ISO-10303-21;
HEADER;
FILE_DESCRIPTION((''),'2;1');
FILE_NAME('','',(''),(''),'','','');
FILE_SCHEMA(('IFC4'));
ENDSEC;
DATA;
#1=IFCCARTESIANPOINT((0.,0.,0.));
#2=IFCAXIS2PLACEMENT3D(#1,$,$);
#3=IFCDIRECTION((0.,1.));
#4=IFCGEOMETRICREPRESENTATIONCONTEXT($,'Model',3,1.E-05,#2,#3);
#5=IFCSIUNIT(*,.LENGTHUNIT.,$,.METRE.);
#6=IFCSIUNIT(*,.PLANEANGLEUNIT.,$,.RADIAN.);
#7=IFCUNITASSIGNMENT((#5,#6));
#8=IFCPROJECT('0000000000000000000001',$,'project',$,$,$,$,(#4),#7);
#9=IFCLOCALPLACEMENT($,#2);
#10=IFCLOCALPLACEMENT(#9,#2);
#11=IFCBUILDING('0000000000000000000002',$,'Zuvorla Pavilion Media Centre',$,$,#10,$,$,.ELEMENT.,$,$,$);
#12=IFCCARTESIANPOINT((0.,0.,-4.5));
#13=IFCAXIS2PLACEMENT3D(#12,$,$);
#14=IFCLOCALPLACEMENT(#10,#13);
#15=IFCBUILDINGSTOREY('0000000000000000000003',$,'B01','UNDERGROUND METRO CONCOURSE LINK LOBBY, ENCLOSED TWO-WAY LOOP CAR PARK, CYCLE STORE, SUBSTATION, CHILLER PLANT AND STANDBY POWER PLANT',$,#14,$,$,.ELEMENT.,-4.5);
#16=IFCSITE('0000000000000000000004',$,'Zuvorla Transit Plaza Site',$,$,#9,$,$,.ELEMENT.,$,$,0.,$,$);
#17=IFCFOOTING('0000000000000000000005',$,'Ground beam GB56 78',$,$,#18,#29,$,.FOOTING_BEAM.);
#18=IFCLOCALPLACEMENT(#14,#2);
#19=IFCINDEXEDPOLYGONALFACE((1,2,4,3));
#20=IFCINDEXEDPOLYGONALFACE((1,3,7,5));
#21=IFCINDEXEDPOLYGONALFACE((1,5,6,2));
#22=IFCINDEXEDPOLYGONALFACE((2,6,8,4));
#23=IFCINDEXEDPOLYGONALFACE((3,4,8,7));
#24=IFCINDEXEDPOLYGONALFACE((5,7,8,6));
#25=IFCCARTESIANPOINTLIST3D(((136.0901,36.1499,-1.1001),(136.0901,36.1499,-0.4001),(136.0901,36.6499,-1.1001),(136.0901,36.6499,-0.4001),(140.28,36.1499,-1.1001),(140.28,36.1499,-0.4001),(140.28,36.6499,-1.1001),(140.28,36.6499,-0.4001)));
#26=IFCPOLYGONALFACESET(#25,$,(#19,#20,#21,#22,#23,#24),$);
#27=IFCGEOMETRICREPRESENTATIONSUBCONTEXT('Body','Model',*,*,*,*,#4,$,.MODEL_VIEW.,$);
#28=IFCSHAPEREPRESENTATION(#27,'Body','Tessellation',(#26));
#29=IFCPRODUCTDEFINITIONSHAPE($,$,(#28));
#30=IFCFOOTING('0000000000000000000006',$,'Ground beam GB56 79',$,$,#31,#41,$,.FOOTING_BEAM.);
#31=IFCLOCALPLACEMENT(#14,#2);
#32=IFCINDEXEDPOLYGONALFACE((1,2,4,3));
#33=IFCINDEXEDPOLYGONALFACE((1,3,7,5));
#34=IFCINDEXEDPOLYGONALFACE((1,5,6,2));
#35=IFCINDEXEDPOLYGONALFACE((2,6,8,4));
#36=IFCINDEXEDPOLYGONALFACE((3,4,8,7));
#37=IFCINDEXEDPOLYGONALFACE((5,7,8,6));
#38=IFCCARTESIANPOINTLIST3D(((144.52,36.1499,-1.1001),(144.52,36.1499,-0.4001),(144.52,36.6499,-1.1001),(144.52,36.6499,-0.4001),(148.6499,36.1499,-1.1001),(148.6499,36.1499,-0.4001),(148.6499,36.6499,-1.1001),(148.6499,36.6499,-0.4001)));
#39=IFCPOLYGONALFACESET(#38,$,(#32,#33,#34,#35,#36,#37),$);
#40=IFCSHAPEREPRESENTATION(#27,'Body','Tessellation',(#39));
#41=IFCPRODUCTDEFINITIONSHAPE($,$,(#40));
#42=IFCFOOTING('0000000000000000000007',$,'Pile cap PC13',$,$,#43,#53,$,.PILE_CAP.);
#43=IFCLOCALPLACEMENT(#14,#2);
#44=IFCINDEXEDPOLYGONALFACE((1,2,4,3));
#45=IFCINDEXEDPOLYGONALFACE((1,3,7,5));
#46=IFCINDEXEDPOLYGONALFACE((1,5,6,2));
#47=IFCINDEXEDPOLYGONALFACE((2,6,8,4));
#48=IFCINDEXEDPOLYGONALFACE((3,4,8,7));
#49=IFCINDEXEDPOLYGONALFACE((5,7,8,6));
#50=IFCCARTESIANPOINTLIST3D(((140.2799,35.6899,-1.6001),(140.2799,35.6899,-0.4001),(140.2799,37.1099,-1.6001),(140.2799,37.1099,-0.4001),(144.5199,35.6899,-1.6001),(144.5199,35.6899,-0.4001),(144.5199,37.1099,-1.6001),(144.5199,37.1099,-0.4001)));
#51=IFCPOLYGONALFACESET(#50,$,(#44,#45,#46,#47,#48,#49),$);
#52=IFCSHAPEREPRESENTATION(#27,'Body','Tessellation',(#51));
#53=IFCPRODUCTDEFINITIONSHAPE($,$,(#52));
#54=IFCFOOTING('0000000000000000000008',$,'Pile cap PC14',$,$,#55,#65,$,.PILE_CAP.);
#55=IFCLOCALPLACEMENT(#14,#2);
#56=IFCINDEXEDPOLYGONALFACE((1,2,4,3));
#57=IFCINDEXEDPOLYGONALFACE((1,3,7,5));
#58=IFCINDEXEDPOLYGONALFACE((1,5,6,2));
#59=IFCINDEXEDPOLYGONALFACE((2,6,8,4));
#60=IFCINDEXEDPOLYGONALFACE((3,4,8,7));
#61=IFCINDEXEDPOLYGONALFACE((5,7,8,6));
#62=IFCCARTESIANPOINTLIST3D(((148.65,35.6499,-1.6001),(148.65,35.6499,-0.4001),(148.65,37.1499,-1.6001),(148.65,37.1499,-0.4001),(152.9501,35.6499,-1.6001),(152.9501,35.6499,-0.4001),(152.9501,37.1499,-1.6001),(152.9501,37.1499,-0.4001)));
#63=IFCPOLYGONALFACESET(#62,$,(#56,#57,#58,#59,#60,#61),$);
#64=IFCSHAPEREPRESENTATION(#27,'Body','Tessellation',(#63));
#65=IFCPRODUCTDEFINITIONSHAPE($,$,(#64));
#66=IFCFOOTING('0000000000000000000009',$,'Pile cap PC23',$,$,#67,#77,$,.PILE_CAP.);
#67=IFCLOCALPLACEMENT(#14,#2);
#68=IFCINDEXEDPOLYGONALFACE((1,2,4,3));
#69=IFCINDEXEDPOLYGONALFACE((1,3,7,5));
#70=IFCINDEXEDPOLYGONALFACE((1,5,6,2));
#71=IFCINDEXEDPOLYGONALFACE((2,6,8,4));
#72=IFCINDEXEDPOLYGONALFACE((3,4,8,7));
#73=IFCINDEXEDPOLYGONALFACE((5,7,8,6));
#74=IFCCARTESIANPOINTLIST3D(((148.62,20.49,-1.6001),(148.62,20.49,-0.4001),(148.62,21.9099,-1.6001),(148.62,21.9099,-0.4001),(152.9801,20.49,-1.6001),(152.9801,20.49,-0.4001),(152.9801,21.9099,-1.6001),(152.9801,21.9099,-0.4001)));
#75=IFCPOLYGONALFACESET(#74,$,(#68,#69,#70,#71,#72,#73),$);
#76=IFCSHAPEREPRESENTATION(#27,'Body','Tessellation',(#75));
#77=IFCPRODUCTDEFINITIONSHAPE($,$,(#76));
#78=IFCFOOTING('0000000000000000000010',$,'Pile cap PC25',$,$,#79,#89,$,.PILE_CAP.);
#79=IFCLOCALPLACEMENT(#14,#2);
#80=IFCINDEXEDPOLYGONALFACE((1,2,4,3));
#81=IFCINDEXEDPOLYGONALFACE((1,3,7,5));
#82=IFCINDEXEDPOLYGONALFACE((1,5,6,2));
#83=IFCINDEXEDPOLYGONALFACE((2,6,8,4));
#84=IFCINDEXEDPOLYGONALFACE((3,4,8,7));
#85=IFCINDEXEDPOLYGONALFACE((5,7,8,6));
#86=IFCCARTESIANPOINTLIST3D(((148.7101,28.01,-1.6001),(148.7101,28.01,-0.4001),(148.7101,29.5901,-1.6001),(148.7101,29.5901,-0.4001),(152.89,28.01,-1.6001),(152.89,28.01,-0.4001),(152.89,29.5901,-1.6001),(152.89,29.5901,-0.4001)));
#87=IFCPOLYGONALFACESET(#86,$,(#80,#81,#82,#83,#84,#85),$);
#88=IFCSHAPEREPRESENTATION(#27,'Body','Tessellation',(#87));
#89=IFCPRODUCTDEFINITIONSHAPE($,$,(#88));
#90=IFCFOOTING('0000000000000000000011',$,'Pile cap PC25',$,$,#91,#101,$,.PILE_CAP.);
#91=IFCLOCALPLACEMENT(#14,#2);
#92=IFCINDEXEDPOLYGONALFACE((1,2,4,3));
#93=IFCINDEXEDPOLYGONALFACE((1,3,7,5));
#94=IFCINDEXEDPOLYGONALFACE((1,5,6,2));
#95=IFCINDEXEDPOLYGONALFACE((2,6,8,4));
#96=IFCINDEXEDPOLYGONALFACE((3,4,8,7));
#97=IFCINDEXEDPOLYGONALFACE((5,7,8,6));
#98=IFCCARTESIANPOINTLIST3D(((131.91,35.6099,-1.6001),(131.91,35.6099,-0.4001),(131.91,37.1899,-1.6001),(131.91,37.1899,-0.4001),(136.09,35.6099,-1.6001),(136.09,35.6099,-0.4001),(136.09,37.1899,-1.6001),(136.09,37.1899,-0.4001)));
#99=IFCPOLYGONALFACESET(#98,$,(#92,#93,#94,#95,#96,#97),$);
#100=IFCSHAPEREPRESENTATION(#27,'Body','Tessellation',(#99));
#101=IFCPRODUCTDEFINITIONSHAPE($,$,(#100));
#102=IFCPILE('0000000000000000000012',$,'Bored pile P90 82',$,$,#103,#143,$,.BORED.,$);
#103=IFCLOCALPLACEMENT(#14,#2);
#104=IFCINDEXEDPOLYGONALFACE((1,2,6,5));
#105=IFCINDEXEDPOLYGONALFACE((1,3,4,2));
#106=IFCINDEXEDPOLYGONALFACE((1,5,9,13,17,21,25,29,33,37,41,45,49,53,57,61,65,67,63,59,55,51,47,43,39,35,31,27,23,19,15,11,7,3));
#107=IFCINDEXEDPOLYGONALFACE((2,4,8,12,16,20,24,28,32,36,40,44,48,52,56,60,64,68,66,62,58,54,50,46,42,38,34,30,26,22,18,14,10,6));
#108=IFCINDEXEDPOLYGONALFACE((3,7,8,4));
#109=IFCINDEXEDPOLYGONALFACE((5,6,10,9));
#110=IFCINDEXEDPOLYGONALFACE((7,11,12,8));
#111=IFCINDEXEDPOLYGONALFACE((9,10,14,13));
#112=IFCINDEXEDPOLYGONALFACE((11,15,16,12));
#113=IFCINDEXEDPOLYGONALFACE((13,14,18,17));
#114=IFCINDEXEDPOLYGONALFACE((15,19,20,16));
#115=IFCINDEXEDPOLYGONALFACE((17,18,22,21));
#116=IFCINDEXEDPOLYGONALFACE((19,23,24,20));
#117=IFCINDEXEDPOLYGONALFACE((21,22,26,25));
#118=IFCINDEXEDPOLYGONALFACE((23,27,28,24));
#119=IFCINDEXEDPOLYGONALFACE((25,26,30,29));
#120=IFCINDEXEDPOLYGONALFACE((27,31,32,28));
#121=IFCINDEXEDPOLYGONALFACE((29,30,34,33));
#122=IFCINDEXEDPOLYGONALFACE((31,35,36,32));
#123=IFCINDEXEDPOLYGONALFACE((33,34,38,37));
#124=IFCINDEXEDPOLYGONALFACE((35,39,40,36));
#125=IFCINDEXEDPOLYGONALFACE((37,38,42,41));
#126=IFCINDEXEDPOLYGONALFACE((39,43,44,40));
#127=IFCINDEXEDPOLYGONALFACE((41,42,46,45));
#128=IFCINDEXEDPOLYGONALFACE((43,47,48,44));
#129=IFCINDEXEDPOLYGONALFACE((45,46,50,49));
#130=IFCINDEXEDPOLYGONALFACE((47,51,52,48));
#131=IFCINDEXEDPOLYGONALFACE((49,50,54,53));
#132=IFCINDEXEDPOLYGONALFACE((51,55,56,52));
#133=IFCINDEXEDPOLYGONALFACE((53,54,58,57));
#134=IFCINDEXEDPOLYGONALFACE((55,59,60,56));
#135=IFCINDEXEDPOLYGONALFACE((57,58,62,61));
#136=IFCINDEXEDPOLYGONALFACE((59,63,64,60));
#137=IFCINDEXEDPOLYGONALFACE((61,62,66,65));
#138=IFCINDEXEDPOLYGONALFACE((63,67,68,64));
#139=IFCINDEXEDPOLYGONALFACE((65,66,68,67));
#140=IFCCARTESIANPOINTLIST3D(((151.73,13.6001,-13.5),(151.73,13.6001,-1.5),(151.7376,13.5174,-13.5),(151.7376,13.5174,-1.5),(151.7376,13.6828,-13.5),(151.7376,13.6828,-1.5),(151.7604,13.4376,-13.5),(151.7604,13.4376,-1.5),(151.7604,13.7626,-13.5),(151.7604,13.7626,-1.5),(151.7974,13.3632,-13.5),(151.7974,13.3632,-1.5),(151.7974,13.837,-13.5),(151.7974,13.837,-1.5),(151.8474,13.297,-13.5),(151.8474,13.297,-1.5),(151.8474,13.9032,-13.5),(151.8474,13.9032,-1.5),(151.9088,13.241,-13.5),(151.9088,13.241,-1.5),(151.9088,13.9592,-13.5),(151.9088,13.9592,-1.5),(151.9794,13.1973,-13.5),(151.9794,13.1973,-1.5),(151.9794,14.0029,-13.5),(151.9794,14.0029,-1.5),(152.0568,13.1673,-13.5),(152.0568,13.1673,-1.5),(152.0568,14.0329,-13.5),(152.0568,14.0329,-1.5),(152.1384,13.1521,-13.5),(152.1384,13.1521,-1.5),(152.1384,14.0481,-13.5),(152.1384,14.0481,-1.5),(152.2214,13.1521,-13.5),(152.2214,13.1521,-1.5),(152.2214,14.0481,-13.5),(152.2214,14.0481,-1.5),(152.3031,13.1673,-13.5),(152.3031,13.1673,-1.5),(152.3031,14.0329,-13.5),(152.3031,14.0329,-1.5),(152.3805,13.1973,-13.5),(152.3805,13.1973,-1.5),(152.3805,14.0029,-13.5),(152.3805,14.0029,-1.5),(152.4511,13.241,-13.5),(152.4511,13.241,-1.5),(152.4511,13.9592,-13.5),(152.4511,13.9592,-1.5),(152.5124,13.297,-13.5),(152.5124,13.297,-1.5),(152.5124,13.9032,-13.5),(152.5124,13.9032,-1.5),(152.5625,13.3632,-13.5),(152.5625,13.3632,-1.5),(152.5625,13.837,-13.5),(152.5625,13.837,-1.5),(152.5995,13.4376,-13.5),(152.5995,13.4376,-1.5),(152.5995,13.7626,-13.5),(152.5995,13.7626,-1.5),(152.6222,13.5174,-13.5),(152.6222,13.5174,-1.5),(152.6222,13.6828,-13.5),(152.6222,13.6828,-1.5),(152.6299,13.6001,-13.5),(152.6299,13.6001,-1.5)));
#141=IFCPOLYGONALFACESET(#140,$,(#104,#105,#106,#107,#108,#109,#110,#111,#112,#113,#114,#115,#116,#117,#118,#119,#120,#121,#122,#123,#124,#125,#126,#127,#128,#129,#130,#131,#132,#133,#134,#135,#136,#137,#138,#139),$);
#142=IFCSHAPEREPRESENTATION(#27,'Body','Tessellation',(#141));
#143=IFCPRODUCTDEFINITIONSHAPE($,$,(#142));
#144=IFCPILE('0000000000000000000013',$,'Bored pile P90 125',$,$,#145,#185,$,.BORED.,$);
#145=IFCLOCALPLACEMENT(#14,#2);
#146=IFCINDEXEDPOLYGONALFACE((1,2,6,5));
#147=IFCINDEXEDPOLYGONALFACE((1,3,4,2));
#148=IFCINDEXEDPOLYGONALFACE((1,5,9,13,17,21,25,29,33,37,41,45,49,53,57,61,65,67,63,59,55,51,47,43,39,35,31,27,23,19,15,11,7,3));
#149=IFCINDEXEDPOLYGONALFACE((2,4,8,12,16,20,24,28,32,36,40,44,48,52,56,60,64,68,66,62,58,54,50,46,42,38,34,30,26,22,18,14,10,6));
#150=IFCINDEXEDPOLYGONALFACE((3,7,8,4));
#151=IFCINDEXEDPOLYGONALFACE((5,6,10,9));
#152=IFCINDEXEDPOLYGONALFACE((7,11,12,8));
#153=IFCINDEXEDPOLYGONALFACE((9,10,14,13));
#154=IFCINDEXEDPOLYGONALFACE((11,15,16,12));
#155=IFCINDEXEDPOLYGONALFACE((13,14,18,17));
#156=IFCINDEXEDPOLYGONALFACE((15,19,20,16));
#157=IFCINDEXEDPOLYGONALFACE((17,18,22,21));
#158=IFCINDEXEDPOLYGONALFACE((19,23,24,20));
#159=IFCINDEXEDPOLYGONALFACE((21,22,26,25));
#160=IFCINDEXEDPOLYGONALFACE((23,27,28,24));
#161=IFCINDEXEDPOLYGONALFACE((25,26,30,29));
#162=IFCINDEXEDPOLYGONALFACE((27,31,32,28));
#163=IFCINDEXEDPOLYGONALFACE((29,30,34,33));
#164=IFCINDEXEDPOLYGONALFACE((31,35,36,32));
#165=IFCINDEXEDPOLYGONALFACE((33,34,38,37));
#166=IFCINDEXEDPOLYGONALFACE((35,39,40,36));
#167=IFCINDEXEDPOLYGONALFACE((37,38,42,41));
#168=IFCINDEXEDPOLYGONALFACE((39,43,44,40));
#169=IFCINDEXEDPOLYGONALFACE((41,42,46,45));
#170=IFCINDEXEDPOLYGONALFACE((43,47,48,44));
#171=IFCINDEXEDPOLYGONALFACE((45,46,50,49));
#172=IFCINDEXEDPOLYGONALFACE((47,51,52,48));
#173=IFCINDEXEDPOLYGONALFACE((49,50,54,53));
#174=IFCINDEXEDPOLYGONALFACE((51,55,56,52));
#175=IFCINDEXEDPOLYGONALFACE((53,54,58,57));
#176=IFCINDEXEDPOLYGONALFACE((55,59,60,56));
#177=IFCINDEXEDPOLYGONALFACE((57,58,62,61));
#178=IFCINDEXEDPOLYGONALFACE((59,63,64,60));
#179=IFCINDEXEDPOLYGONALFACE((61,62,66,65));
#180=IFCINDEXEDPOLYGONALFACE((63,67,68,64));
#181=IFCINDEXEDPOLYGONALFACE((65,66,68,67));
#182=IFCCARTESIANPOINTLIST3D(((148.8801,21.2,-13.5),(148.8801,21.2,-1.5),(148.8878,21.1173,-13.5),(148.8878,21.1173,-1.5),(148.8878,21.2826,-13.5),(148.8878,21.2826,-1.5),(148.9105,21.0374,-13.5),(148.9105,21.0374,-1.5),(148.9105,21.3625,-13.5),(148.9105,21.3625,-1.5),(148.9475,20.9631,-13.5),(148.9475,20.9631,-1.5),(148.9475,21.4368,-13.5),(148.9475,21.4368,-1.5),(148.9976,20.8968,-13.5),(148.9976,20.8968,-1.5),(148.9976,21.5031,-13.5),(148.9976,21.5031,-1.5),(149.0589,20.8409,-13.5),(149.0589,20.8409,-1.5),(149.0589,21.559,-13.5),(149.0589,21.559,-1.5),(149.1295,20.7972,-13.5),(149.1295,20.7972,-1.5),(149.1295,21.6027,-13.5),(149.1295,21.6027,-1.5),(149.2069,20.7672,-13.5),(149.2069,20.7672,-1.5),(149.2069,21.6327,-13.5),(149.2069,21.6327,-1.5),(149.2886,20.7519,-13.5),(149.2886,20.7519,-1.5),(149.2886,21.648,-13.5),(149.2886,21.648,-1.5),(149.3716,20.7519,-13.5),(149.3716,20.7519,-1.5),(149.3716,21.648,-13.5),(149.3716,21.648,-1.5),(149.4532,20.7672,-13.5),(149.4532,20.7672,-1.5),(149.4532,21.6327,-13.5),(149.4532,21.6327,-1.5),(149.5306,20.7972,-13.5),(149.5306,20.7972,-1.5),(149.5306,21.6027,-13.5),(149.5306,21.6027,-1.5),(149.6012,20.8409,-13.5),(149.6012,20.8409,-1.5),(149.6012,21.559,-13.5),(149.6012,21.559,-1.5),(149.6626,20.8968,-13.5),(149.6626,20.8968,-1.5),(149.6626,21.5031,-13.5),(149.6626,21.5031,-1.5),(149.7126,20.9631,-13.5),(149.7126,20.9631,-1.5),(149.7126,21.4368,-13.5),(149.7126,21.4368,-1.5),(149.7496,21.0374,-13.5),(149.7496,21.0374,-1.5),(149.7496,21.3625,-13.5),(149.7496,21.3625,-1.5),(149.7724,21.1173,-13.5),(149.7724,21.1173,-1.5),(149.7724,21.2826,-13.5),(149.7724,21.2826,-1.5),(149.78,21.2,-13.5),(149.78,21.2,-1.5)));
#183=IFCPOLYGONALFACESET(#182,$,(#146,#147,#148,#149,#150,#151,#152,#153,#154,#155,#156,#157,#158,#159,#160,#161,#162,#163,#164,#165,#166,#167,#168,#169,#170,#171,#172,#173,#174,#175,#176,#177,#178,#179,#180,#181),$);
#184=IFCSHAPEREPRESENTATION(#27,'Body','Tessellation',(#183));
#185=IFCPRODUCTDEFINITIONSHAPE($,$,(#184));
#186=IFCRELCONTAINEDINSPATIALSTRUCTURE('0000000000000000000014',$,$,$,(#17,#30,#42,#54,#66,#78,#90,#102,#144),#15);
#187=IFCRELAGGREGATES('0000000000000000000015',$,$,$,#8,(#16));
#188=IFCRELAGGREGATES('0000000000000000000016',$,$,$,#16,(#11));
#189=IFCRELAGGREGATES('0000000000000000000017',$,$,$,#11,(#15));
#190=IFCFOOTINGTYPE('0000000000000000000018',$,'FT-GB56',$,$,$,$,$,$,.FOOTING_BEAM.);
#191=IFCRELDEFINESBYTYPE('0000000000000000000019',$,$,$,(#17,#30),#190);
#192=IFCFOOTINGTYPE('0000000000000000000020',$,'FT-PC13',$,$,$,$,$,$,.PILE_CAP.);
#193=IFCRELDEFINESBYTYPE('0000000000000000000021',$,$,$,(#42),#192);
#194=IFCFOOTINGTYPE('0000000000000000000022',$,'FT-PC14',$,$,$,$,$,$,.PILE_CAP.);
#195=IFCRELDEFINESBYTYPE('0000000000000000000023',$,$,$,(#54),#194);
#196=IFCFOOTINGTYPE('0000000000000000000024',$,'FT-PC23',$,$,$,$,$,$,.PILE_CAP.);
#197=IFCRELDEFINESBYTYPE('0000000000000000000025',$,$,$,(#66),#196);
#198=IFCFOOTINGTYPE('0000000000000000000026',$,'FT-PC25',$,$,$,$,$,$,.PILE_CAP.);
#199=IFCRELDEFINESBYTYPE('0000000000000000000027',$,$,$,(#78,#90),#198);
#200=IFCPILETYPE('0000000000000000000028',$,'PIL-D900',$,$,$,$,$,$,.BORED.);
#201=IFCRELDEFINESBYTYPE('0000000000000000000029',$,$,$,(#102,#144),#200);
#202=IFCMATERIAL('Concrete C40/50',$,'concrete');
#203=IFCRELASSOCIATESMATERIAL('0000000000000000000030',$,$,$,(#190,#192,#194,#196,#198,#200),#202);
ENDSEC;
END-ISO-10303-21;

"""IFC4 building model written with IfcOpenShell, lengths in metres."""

from ifc_helpers import new_model, si_unit, direction, frame, origin, origin_2d, place, context, subcontext, project, spatial, rectangle, circle, extrude, material, material_profile, profile_set, type_object, element, save


model = new_model("IFC4")

# Units and contexts
model_context = context("Model", 3, precision=1e-05, world=origin(), true_north=direction((0.0, 1.0)))
body_context = subcontext(model_context, "Body", "Model", "MODEL_VIEW")
ifc_project = project(units=[si_unit("LENGTHUNIT", "METRE"), si_unit("PLANEANGLEUNIT", "RADIAN")], contexts=[model_context])

# Site, building, storey
site_placement = place(None, origin())
site = spatial("IfcSite", under=ifc_project, at=site_placement, Name="Zuvorla Transit Plaza Site", CompositionType="ELEMENT", RefElevation=0.0)
building_placement = place(site_placement, origin())
building = spatial("IfcBuilding", under=site, at=building_placement, Name="Zuvorla Pavilion Media Centre", CompositionType="ELEMENT")
storey_placement = place(building_placement, frame((0.0, 0.0, -4.5)))
storey = spatial("IfcBuildingStorey", under=building, at=storey_placement, Name="B01", Description="UNDERGROUND METRO CONCOURSE LINK LOBBY, ENCLOSED TWO-WAY LOOP CAR PARK, CYCLE STORE, SUBSTATION, CHILLER PLANT AND STANDBY POWER PLANT", CompositionType="ELEMENT", Elevation=-4.5)

# Footings
ifc_material = material(Name="Concrete C40/50", Category="concrete")
footing_type_1 = type_object("IfcFootingType", Name="FT-GB56", PredefinedType="FOOTING_BEAM", material=ifc_material)
footing_1_placement = place(storey_placement, frame((138.1851, 36.3999, -1.1001), z_axis=(0.0, 0.0, 1.0), x_axis=(1.0, 0.0, 0.0)))
element("IfcFooting", 1, at=footing_1_placement, inside=storey, type_object=footing_type_1, Name="Ground beam GB56 78", PredefinedType="FOOTING_BEAM", context=body_context, shape_type="SweptSolid", body=[
    extrude(rectangle(XDim=4.1899, YDim=0.5, at=origin_2d()), origin(), (0.0, 0.0, 1.0), 0.7),
])
footing_2_placement = place(storey_placement, frame((146.585, 36.3999, -1.1001), z_axis=(0.0, 0.0, 1.0), x_axis=(1.0, 0.0, 0.0)))
element("IfcFooting", 2, at=footing_2_placement, inside=storey, type_object=footing_type_1, Name="Ground beam GB56 79", PredefinedType="FOOTING_BEAM", context=body_context, shape_type="SweptSolid", body=[
    extrude(rectangle(XDim=4.1299, YDim=0.5, at=origin_2d()), origin(), (0.0, 0.0, 1.0), 0.7),
])
footing_type_2 = type_object("IfcFootingType", Name="FT-PC13", PredefinedType="PILE_CAP", material=ifc_material)
footing_3_placement = place(storey_placement, frame((142.3999, 36.3999, -1.6001), z_axis=(0.0, 0.0, 1.0), x_axis=(1.0, 0.0, 0.0)))
element("IfcFooting", 3, at=footing_3_placement, inside=storey, type_object=footing_type_2, Name="Pile cap PC13", PredefinedType="PILE_CAP", context=body_context, shape_type="SweptSolid", body=[
    extrude(rectangle(XDim=4.24, YDim=1.4199, at=origin_2d()), origin(), (0.0, 0.0, 1.0), 1.2),
])
footing_type_3 = type_object("IfcFootingType", Name="FT-PC14", PredefinedType="PILE_CAP", material=ifc_material)
footing_4_placement = place(storey_placement, frame((150.8, 36.3999, -1.6001), z_axis=(0.0, 0.0, 1.0), x_axis=(1.0, 0.0, 0.0)))
element("IfcFooting", 4, at=footing_4_placement, inside=storey, type_object=footing_type_3, Name="Pile cap PC14", PredefinedType="PILE_CAP", context=body_context, shape_type="SweptSolid", body=[
    extrude(rectangle(XDim=4.3, YDim=1.5, at=origin_2d()), origin(), (0.0, 0.0, 1.0), 1.2),
])
footing_type_4 = type_object("IfcFootingType", Name="FT-PC23", PredefinedType="PILE_CAP", material=ifc_material)
footing_5_placement = place(storey_placement, frame((150.8, 21.2, -1.6001), z_axis=(0.0, 0.0, 1.0), x_axis=(1.0, 0.0, 0.0)))
element("IfcFooting", 5, at=footing_5_placement, inside=storey, type_object=footing_type_4, Name="Pile cap PC23", PredefinedType="PILE_CAP", context=body_context, shape_type="SweptSolid", body=[
    extrude(rectangle(XDim=4.3601, YDim=1.4199, at=origin_2d()), origin(), (0.0, 0.0, 1.0), 1.2),
])
footing_type_5 = type_object("IfcFootingType", Name="FT-PC25", PredefinedType="PILE_CAP", material=ifc_material)
for number, where, z_axis, x_axis, name in (
    (6, (150.8, 28.8, -1.6001), (0.0, 0.0, 1.0), (1.0, 0.0, 0.0), "Pile cap PC25"),
    (7, (134.0, 36.3999, -1.6001), (0.0, 0.0, 1.0), (1.0, 0.0, 0.0), "Pile cap PC25"),
):
    element("IfcFooting", number, at=place(storey_placement, frame(where, z_axis=z_axis, x_axis=x_axis)), inside=storey, type_object=footing_type_5, Name=name, PredefinedType="PILE_CAP", context=body_context, shape_type="SweptSolid", body=[
        extrude(rectangle(XDim=4.1799, YDim=1.5801, at=origin_2d()), origin(), (0.0, 0.0, 1.0), 1.2),
    ])

# Piles
ifc_material_profile_1 = material_profile(ifc_material, circle(Radius=0.45, at=origin_2d()), Name="BORED PILE 900")
ifc_profile_set_1 = profile_set([ifc_material_profile_1], Name="Concrete C40/50")
pile_type = type_object("IfcPileType", Name="PIL-D900", PredefinedType="BORED", material=ifc_profile_set_1)
for number, where, z_axis, x_axis, name in (
    (8, (152.1799, 13.6001, -1.5), (0.0, 0.0, -1.0), (1.0, 0.0, 0.0), "Bored pile P90 82"),
    (9, (149.3301, 21.2, -1.5), (0.0, 0.0, -1.0), (1.0, 0.0, 0.0), "Bored pile P90 125"),
):
    element("IfcPile", number, at=place(storey_placement, frame(where, z_axis=z_axis, x_axis=x_axis)), inside=storey, type_object=pile_type, Name=name, PredefinedType="BORED", context=body_context, shape_type="SweptSolid", body=[
        extrude(circle(Radius=0.45, at=origin_2d()), origin(), (0.0, 0.0, 1.0), 12.0),
    ])

save(model, "model.ifc")
